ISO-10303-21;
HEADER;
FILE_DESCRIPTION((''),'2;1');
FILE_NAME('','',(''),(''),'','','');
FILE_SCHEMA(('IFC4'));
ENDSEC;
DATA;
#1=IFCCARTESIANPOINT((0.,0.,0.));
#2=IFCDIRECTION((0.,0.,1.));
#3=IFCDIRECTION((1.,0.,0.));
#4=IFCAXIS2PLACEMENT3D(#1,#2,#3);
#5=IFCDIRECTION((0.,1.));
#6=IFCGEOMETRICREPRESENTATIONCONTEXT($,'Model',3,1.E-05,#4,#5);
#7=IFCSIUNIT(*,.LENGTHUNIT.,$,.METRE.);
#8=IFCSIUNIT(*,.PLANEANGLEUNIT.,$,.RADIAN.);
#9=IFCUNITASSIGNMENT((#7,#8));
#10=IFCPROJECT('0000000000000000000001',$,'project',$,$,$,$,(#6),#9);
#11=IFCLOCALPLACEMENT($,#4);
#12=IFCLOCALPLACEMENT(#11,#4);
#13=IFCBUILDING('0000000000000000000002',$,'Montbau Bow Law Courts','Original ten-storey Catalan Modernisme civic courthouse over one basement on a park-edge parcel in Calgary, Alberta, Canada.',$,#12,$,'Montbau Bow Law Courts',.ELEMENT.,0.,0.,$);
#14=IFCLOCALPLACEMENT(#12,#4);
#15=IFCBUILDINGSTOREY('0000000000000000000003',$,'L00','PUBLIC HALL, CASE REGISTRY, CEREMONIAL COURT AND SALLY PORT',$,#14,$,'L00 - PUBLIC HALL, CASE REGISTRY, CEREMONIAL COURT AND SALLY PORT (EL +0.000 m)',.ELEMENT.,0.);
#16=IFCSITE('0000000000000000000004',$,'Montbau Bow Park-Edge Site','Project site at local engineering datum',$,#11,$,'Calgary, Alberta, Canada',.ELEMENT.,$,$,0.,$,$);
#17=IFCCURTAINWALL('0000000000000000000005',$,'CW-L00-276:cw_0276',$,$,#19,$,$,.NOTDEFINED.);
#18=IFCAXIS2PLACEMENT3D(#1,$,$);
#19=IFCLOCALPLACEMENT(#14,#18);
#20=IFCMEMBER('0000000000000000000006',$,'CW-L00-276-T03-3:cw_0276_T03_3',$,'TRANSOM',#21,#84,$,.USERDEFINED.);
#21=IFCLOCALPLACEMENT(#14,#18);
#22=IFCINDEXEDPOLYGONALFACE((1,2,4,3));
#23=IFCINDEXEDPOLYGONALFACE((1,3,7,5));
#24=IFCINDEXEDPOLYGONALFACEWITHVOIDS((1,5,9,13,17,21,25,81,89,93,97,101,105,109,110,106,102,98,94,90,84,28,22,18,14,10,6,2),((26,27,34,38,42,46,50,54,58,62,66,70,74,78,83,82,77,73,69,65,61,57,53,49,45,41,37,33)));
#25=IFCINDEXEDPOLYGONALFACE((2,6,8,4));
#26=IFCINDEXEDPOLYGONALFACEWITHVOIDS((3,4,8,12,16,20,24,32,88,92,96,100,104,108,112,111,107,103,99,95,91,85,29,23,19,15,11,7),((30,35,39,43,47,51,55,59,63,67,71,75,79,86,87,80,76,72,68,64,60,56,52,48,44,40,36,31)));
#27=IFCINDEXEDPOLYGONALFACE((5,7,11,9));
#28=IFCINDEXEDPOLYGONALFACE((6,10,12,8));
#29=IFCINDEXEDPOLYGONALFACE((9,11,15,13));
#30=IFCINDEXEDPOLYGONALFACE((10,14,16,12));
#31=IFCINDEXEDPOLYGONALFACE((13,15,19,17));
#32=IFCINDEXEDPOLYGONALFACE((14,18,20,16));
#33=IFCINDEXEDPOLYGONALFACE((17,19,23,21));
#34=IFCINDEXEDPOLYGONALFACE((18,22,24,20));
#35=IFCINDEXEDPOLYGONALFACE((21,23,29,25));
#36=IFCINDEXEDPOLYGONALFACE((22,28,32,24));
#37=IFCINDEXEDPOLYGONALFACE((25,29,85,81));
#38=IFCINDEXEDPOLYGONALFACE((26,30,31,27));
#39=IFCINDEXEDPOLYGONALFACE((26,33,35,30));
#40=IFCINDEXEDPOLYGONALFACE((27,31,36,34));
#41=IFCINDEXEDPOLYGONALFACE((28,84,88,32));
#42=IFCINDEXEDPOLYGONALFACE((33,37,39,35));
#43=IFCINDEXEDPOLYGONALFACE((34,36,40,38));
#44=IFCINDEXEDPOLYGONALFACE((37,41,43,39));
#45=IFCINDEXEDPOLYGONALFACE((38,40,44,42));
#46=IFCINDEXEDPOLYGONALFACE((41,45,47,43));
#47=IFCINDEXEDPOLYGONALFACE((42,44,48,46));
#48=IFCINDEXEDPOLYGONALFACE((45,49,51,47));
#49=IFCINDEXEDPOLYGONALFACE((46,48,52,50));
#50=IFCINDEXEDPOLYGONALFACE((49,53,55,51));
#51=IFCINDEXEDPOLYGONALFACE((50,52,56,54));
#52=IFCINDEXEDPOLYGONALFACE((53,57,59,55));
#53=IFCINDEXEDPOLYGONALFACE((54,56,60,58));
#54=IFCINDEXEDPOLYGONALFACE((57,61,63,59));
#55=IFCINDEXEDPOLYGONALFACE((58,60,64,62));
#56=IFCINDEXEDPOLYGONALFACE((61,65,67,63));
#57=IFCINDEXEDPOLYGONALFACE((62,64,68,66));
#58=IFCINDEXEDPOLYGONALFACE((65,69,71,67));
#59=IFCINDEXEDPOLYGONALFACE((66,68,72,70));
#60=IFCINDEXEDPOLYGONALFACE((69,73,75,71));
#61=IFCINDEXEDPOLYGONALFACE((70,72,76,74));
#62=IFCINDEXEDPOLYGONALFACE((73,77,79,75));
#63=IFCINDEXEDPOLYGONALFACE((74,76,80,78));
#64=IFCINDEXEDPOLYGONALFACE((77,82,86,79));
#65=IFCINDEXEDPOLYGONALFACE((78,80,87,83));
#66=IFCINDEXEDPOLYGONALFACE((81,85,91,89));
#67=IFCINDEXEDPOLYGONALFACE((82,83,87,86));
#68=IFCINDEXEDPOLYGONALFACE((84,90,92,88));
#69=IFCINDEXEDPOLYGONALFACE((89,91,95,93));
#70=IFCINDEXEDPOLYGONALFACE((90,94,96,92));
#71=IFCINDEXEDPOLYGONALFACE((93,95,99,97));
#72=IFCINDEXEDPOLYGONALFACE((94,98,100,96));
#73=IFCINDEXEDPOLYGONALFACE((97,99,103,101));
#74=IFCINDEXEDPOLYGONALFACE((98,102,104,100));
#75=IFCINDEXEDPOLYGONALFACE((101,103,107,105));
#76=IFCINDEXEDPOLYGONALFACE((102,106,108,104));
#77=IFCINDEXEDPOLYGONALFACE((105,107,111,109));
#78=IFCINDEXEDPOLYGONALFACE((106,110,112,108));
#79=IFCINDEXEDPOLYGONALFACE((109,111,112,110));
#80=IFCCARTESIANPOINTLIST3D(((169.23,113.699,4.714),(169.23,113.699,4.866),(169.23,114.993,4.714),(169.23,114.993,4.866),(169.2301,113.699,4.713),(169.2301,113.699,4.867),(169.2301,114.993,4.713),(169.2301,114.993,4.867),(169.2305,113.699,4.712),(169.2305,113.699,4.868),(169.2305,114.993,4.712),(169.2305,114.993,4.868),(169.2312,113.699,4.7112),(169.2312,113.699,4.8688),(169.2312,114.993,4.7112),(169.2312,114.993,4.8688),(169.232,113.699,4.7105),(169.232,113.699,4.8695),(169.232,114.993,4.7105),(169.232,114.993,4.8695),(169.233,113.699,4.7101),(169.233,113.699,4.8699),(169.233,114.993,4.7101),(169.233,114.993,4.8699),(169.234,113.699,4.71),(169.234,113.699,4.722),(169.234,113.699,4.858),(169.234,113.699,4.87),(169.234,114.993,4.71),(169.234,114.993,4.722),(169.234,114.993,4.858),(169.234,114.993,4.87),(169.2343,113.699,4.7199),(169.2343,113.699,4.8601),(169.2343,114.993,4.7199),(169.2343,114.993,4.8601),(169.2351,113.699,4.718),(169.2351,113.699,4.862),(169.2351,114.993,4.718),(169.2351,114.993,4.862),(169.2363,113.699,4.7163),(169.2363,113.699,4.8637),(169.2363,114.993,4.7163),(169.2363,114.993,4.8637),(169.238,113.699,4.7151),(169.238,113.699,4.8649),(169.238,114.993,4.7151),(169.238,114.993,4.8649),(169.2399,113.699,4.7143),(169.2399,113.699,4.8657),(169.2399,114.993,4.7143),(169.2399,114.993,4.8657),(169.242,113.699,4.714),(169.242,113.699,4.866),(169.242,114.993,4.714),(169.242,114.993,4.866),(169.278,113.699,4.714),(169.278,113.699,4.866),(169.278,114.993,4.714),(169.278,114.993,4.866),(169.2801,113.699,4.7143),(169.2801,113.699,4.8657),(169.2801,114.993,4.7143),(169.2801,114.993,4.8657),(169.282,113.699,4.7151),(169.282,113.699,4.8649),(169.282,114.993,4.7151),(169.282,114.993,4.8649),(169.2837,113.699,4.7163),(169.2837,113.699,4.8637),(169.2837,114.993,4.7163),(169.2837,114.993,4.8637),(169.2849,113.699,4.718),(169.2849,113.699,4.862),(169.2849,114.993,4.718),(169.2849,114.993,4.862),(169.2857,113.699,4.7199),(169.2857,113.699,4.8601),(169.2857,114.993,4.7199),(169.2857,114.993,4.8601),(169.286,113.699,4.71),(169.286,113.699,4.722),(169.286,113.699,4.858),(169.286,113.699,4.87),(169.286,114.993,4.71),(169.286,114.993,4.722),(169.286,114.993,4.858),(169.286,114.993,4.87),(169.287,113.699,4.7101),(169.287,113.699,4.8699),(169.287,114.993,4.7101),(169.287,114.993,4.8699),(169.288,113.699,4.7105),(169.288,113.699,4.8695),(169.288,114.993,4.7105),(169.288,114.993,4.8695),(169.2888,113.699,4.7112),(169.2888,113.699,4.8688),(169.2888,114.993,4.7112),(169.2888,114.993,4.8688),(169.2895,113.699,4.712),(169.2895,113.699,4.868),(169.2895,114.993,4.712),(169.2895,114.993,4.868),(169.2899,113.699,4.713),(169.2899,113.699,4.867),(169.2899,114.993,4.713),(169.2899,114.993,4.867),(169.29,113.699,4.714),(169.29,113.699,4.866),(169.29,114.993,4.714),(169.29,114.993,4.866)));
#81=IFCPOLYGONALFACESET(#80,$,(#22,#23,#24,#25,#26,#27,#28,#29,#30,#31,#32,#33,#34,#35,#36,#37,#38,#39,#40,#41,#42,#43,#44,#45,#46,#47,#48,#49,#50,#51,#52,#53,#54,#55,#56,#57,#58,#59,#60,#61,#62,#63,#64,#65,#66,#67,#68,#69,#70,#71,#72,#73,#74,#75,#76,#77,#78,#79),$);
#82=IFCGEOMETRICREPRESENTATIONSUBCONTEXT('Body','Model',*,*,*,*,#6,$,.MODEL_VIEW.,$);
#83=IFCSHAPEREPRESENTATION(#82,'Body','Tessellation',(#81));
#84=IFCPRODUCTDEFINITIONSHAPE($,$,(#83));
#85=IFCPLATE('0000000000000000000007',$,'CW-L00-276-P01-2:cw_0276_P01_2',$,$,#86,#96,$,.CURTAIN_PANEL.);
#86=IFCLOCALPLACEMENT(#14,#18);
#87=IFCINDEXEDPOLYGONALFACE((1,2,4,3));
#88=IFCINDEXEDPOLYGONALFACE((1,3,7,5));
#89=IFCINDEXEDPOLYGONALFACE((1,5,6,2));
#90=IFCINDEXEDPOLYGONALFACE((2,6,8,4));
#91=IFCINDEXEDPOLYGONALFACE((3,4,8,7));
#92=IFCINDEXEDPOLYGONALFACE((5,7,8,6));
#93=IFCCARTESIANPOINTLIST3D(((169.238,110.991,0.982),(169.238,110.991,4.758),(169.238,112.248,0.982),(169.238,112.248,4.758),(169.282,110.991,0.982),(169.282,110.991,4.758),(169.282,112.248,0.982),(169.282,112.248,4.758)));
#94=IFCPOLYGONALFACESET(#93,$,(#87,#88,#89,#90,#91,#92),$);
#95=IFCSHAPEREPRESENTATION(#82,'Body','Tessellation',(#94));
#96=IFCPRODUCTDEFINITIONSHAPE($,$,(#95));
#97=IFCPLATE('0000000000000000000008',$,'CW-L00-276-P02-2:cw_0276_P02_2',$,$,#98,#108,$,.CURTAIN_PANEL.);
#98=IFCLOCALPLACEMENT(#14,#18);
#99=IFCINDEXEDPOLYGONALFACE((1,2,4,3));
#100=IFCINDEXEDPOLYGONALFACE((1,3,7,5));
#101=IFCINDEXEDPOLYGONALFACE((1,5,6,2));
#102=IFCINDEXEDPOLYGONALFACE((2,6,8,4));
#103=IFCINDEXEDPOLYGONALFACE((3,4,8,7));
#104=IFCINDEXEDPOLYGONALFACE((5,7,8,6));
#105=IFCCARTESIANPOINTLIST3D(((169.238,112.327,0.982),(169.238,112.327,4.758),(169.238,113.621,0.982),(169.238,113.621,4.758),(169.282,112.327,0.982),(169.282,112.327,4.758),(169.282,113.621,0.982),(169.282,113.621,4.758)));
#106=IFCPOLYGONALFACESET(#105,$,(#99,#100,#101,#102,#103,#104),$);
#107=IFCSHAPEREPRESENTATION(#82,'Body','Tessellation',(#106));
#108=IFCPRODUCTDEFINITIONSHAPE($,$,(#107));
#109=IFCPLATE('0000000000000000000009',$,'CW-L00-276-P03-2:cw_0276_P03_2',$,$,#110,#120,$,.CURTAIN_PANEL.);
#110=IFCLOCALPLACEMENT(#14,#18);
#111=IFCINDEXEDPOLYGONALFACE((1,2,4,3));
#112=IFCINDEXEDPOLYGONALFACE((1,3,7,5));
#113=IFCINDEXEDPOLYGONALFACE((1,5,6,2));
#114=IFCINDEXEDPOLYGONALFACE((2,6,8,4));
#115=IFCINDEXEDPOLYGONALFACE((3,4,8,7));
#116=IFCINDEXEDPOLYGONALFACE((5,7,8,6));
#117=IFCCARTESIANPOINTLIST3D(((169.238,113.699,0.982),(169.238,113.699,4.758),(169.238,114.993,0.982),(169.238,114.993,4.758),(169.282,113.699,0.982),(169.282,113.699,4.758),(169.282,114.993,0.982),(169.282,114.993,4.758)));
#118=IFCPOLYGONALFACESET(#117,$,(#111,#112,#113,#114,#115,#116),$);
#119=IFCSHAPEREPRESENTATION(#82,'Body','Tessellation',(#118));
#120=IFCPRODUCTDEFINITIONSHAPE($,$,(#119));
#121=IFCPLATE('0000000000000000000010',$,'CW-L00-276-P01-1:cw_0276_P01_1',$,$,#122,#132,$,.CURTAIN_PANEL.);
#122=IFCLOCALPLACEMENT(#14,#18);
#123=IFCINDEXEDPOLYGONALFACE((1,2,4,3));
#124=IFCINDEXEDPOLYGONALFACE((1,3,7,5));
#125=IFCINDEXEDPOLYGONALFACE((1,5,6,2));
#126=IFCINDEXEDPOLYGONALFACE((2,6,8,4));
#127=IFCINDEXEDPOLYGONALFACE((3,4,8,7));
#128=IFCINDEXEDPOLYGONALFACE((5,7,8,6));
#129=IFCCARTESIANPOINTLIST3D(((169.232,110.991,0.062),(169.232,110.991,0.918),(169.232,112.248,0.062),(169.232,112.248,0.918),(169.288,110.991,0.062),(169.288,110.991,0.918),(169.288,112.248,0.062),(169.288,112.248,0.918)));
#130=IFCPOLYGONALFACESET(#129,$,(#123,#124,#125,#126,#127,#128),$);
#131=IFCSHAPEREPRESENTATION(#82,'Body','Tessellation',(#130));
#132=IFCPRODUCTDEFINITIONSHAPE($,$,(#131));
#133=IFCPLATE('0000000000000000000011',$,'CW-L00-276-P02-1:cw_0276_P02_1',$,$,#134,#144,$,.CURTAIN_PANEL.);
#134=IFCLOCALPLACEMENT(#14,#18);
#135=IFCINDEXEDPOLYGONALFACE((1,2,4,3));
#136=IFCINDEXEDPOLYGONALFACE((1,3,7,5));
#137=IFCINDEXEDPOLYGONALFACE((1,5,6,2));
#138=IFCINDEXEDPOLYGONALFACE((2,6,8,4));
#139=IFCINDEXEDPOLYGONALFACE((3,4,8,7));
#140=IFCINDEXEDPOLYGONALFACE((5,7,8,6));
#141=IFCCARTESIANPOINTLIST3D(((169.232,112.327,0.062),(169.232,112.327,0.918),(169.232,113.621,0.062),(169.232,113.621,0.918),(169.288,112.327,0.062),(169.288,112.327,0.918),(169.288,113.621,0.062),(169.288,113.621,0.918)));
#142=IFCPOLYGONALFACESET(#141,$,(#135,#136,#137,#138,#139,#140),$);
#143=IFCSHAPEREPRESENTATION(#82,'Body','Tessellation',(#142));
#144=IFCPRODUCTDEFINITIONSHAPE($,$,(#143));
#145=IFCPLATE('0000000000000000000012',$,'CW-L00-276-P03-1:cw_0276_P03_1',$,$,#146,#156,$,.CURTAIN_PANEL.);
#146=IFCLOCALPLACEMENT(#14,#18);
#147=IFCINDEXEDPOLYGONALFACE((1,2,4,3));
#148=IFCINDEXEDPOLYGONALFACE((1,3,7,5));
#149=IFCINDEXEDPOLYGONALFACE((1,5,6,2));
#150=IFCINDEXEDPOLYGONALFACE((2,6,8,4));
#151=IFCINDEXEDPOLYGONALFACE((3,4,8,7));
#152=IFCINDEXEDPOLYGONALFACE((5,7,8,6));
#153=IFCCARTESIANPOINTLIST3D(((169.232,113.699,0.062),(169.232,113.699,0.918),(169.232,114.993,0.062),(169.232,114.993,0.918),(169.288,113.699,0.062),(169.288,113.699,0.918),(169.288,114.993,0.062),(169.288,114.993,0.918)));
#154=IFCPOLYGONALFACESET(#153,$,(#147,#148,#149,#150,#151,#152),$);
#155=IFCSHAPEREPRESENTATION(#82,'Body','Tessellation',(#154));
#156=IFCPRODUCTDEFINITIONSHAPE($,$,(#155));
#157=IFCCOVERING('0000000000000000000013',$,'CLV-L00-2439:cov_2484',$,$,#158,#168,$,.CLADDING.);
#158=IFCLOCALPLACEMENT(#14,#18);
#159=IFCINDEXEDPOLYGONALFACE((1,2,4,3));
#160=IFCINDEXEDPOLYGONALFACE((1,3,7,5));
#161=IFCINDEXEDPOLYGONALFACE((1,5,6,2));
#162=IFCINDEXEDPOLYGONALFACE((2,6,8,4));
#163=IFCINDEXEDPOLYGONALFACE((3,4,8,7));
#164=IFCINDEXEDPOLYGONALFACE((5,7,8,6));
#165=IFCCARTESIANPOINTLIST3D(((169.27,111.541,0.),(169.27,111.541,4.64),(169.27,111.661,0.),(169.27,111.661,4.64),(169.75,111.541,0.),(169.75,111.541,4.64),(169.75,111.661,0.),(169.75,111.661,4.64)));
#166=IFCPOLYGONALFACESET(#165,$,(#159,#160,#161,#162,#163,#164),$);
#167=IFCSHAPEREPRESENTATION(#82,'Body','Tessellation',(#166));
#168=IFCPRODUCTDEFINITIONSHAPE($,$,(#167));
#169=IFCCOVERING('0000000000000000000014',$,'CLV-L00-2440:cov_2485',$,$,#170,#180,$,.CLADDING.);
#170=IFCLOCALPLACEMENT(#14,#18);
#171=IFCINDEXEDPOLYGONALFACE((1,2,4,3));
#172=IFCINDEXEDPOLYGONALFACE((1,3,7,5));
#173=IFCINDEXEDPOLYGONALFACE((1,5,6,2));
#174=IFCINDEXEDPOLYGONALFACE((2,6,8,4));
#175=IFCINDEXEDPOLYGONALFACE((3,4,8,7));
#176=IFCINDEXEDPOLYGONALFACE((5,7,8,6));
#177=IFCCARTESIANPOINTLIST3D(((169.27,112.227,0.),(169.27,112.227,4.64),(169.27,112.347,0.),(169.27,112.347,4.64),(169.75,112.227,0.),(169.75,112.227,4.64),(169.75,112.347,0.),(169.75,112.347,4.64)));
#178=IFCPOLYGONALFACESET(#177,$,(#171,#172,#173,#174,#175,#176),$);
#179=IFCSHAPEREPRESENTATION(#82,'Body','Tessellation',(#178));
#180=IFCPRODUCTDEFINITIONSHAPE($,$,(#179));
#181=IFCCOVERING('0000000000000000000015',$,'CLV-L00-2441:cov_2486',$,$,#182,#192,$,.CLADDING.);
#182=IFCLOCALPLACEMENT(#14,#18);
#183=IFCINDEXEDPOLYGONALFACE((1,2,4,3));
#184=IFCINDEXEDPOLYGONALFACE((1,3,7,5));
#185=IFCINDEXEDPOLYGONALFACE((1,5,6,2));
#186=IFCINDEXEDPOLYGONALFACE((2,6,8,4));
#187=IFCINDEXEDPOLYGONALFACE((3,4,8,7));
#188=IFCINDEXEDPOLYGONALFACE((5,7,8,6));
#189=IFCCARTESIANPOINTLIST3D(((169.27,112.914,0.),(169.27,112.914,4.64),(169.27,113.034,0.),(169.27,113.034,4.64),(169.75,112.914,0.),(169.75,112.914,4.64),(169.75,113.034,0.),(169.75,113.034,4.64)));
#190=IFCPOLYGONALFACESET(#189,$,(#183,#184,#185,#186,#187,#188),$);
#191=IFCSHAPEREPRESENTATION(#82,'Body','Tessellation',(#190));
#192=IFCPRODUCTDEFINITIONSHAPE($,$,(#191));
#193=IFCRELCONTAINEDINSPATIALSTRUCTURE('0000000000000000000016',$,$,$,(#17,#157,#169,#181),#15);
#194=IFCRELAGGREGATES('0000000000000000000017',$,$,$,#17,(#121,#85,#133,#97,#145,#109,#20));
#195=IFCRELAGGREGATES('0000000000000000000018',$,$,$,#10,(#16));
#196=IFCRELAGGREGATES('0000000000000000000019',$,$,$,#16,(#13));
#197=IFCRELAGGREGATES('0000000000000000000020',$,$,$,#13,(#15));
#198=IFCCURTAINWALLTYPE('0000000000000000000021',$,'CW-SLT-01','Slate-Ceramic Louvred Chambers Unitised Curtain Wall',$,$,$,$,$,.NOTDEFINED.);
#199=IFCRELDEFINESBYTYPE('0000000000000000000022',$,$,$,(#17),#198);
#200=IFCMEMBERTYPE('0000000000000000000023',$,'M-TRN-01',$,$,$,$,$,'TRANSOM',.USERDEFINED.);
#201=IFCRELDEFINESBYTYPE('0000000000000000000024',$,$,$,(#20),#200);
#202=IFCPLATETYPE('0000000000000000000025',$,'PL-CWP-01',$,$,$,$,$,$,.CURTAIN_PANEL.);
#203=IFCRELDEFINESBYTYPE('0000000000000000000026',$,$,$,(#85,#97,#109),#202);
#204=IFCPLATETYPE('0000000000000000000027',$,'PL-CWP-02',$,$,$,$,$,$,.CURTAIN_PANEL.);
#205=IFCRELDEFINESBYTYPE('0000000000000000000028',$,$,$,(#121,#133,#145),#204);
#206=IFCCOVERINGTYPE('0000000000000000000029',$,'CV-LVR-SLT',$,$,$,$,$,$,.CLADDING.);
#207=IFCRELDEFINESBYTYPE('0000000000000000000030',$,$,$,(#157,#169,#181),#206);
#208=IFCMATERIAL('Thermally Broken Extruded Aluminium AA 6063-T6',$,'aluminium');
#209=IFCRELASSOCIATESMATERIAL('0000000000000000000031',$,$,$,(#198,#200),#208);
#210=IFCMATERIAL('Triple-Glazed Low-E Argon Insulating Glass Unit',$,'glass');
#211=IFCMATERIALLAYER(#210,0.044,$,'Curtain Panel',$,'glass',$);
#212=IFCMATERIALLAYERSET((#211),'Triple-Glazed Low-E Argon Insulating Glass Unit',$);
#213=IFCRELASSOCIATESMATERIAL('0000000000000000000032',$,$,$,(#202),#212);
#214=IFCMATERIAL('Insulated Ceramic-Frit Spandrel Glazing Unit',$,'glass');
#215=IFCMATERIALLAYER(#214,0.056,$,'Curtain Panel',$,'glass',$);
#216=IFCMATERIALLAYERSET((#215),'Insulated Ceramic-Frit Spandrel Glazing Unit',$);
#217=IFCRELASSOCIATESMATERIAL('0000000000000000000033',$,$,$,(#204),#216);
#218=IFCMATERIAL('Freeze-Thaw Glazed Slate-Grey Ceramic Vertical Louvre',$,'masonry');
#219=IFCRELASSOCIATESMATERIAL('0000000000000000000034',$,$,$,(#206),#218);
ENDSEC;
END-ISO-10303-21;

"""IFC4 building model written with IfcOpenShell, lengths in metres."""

from ifc_helpers import new_model, si_unit, direction, frame, frame_2d, origin_with_axes, origin_2d_with_axis, place, context, subcontext, project, spatial, rectangle, hollow_rectangle, extrude, material, layer, layer_set, material_profile, profile_set, type_object, element, aggregate, save


model = new_model("IFC4")

# Units and contexts
model_context = context("Model", 3, precision=1e-05, world=origin_with_axes(), true_north=direction((0.0, 1.0)))
body_context = subcontext(model_context, "Body", "Model", "MODEL_VIEW")
ifc_project = project(units=[si_unit("LENGTHUNIT", "METRE"), si_unit("PLANEANGLEUNIT", "RADIAN")], contexts=[model_context])

# Site, building, storey
site_placement = place(None, origin_with_axes())
site = spatial("IfcSite", under=ifc_project, at=site_placement, Name="Montbau Bow Park-Edge Site", Description="Project site at local engineering datum", LongName="Calgary, Alberta, Canada", CompositionType="ELEMENT", RefElevation=0.0)
building_placement = place(site_placement, origin_with_axes())
building = spatial("IfcBuilding", under=site, at=building_placement, Name="Montbau Bow Law Courts", Description="Original ten-storey Catalan Modernisme civic courthouse over one basement on a park-edge parcel in Calgary, Alberta, Canada.", LongName="Montbau Bow Law Courts", CompositionType="ELEMENT", ElevationOfRefHeight=0.0, ElevationOfTerrain=0.0)
storey_placement = place(building_placement, origin_with_axes())
storey = spatial("IfcBuildingStorey", under=building, at=storey_placement, Name="L00", Description="PUBLIC HALL, CASE REGISTRY, CEREMONIAL COURT AND SALLY PORT", LongName="L00 - PUBLIC HALL, CASE REGISTRY, CEREMONIAL COURT AND SALLY PORT (EL +0.000 m)", CompositionType="ELEMENT", Elevation=0.0)

# Curtain wall, member, plates
ifc_material_1 = material(Name="Thermally Broken Extruded Aluminium AA 6063-T6", Category="aluminium")
curtain_wall_type = type_object("IfcCurtainWallType", Name="CW-SLT-01", Description="Slate-Ceramic Louvred Chambers Unitised Curtain Wall", PredefinedType="NOTDEFINED", material=ifc_material_1)
curtain_wall_placement = place(None, frame((169.26, 110.915, 0.0), z_axis=(0.0, 0.0, 1.0), x_axis=(1.0, 0.0, 0.0)))
curtain_wall = element("IfcCurtainWall", 1, at=curtain_wall_placement, inside=storey, type_object=curtain_wall_type, Name="CW-L00-276:cw_0276", PredefinedType="NOTDEFINED")
ifc_material_profile_1 = material_profile(ifc_material_1, hollow_rectangle(XDim=0.06, YDim=0.16, WallThickness=0.004, InnerFilletRadius=0.008, OuterFilletRadius=0.004, at=origin_2d_with_axis()), Name="CWT-160X60", Category="Main", Priority=0)
ifc_profile_set_1 = profile_set([ifc_material_profile_1], Name="Thermally Broken Extruded Aluminium AA 6063-T6")
member_type_1 = type_object("IfcMemberType", Name="M-TRN-01", ElementType="TRANSOM", PredefinedType="USERDEFINED", material=ifc_profile_set_1)
member_1_placement = place(None, frame((169.26, 113.699, 4.79), z_axis=(0.0, 1.0, 0.0), x_axis=(-1.0, 0.0, 0.0)))
member_1 = element("IfcMember", 2, at=member_1_placement, type_object=member_type_1, Name="CW-L00-276-T03-3:cw_0276_T03_3", ObjectType="TRANSOM", PredefinedType="USERDEFINED", context=body_context, shape_type="SweptSolid", body=[
    extrude(hollow_rectangle(XDim=0.06, YDim=0.16, WallThickness=0.004, InnerFilletRadius=0.008, OuterFilletRadius=0.004, at=origin_2d_with_axis()), origin_with_axes(), (0.0, 0.0, 1.0), 1.294),
])
ifc_material_2 = material(Name="Triple-Glazed Low-E Argon Insulating Glass Unit", Category="glass")
ifc_layer_1 = layer(ifc_material_2, 0.044, Name="Curtain Panel", Category="glass")
ifc_layer_set_1 = layer_set([ifc_layer_1], Name="Triple-Glazed Low-E Argon Insulating Glass Unit")
plate_type_1 = type_object("IfcPlateType", Name="PL-CWP-01", PredefinedType="CURTAIN_PANEL", material=ifc_layer_set_1)
plate_1_placement = place(None, frame((169.26, 110.991, 0.982), z_axis=(1.0, 0.0, 0.0), x_axis=(0.0, 1.0, 0.0)))
plate_1 = element("IfcPlate", 3, at=plate_1_placement, type_object=plate_type_1, Name="CW-L00-276-P01-2:cw_0276_P01_2", PredefinedType="CURTAIN_PANEL", context=body_context, shape_type="SweptSolid", body=[
    extrude(rectangle(XDim=1.257, YDim=3.776, at=frame_2d((0.6285, 1.888), x_axis=(1.0, 0.0))), frame((0.0, 0.0, -0.022), z_axis=(0.0, 0.0, 1.0), x_axis=(1.0, 0.0, 0.0)), (0.0, 0.0, 1.0), 0.044),
])
plate_2_placement = place(None, frame((169.26, 112.327, 0.982), z_axis=(1.0, 0.0, 0.0), x_axis=(0.0, 1.0, 0.0)))
plate_2 = element("IfcPlate", 4, at=plate_2_placement, type_object=plate_type_1, Name="CW-L00-276-P02-2:cw_0276_P02_2", PredefinedType="CURTAIN_PANEL", context=body_context, shape_type="SweptSolid", body=[
    extrude(rectangle(XDim=1.294, YDim=3.776, at=frame_2d((0.647, 1.888), x_axis=(1.0, 0.0))), frame((0.0, 0.0, -0.022), z_axis=(0.0, 0.0, 1.0), x_axis=(1.0, 0.0, 0.0)), (0.0, 0.0, 1.0), 0.044),
])
plate_3_placement = place(None, frame((169.26, 113.699, 0.982), z_axis=(1.0, 0.0, 0.0), x_axis=(0.0, 1.0, 0.0)))
plate_3 = element("IfcPlate", 5, at=plate_3_placement, type_object=plate_type_1, Name="CW-L00-276-P03-2:cw_0276_P03_2", PredefinedType="CURTAIN_PANEL", context=body_context, shape_type="SweptSolid", body=[
    extrude(rectangle(XDim=1.294, YDim=3.776, at=frame_2d((0.647, 1.888), x_axis=(1.0, 0.0))), frame((0.0, 0.0, -0.022), z_axis=(0.0, 0.0, 1.0), x_axis=(1.0, 0.0, 0.0)), (0.0, 0.0, 1.0), 0.044),
])
ifc_material_3 = material(Name="Insulated Ceramic-Frit Spandrel Glazing Unit", Category="glass")
ifc_layer_2 = layer(ifc_material_3, 0.056, Name="Curtain Panel", Category="glass")
ifc_layer_set_2 = layer_set([ifc_layer_2], Name="Insulated Ceramic-Frit Spandrel Glazing Unit")
plate_type_2 = type_object("IfcPlateType", Name="PL-CWP-02", PredefinedType="CURTAIN_PANEL", material=ifc_layer_set_2)
plate_4_placement = place(None, frame((169.26, 110.991, 0.062), z_axis=(1.0, 0.0, 0.0), x_axis=(0.0, 1.0, 0.0)))
plate_4 = element("IfcPlate", 6, at=plate_4_placement, type_object=plate_type_2, Name="CW-L00-276-P01-1:cw_0276_P01_1", PredefinedType="CURTAIN_PANEL", context=body_context, shape_type="SweptSolid", body=[
    extrude(rectangle(XDim=1.257, YDim=0.856, at=frame_2d((0.6285, 0.428), x_axis=(1.0, 0.0))), frame((0.0, 0.0, -0.028), z_axis=(0.0, 0.0, 1.0), x_axis=(1.0, 0.0, 0.0)), (0.0, 0.0, 1.0), 0.056),
])
plate_5_placement = place(None, frame((169.26, 112.327, 0.062), z_axis=(1.0, 0.0, 0.0), x_axis=(0.0, 1.0, 0.0)))
plate_5 = element("IfcPlate", 7, at=plate_5_placement, type_object=plate_type_2, Name="CW-L00-276-P02-1:cw_0276_P02_1", PredefinedType="CURTAIN_PANEL", context=body_context, shape_type="SweptSolid", body=[
    extrude(rectangle(XDim=1.294, YDim=0.856, at=frame_2d((0.647, 0.428), x_axis=(1.0, 0.0))), frame((0.0, 0.0, -0.028), z_axis=(0.0, 0.0, 1.0), x_axis=(1.0, 0.0, 0.0)), (0.0, 0.0, 1.0), 0.056),
])
plate_6_placement = place(None, frame((169.26, 113.699, 0.062), z_axis=(1.0, 0.0, 0.0), x_axis=(0.0, 1.0, 0.0)))
plate_6 = element("IfcPlate", 8, at=plate_6_placement, type_object=plate_type_2, Name="CW-L00-276-P03-1:cw_0276_P03_1", PredefinedType="CURTAIN_PANEL", context=body_context, shape_type="SweptSolid", body=[
    extrude(rectangle(XDim=1.294, YDim=0.856, at=frame_2d((0.647, 0.428), x_axis=(1.0, 0.0))), frame((0.0, 0.0, -0.028), z_axis=(0.0, 0.0, 1.0), x_axis=(1.0, 0.0, 0.0)), (0.0, 0.0, 1.0), 0.056),
])
aggregate(curtain_wall, [plate_4, plate_1, plate_5, plate_2, plate_6, plate_3, member_1])

# Coverings
ifc_material_4 = material(Name="Freeze-Thaw Glazed Slate-Grey Ceramic Vertical Louvre", Category="masonry")
covering_type = type_object("IfcCoveringType", Name="CV-LVR-SLT", PredefinedType="CLADDING", material=ifc_material_4)
for number, where, z_axis, x_axis, name in (
    (9, (169.27, 111.601, 0.0), (0.0, -1.0, 0.0), (1.0, 0.0, 0.0), "CLV-L00-2439:cov_2484"),
    (10, (169.27, 112.287, 0.0), (0.0, -1.0, 0.0), (1.0, 0.0, 0.0), "CLV-L00-2440:cov_2485"),
    (11, (169.27, 112.974, 0.0), (0.0, -1.0, 0.0), (1.0, 0.0, 0.0), "CLV-L00-2441:cov_2486"),
):
    element("IfcCovering", number, at=place(None, frame(where, z_axis=z_axis, x_axis=x_axis)), inside=storey, type_object=covering_type, Name=name, PredefinedType="CLADDING", context=body_context, shape_type="SweptSolid", body=[
        extrude(rectangle(XDim=0.48, YDim=4.64, at=frame_2d((0.24, 2.32), x_axis=(1.0, 0.0))), frame((0.0, 0.0, -0.06), z_axis=(0.0, 0.0, 1.0), x_axis=(1.0, 0.0, 0.0)), (0.0, 0.0, 1.0), 0.12),
    ])

save(model, "model.ifc")
